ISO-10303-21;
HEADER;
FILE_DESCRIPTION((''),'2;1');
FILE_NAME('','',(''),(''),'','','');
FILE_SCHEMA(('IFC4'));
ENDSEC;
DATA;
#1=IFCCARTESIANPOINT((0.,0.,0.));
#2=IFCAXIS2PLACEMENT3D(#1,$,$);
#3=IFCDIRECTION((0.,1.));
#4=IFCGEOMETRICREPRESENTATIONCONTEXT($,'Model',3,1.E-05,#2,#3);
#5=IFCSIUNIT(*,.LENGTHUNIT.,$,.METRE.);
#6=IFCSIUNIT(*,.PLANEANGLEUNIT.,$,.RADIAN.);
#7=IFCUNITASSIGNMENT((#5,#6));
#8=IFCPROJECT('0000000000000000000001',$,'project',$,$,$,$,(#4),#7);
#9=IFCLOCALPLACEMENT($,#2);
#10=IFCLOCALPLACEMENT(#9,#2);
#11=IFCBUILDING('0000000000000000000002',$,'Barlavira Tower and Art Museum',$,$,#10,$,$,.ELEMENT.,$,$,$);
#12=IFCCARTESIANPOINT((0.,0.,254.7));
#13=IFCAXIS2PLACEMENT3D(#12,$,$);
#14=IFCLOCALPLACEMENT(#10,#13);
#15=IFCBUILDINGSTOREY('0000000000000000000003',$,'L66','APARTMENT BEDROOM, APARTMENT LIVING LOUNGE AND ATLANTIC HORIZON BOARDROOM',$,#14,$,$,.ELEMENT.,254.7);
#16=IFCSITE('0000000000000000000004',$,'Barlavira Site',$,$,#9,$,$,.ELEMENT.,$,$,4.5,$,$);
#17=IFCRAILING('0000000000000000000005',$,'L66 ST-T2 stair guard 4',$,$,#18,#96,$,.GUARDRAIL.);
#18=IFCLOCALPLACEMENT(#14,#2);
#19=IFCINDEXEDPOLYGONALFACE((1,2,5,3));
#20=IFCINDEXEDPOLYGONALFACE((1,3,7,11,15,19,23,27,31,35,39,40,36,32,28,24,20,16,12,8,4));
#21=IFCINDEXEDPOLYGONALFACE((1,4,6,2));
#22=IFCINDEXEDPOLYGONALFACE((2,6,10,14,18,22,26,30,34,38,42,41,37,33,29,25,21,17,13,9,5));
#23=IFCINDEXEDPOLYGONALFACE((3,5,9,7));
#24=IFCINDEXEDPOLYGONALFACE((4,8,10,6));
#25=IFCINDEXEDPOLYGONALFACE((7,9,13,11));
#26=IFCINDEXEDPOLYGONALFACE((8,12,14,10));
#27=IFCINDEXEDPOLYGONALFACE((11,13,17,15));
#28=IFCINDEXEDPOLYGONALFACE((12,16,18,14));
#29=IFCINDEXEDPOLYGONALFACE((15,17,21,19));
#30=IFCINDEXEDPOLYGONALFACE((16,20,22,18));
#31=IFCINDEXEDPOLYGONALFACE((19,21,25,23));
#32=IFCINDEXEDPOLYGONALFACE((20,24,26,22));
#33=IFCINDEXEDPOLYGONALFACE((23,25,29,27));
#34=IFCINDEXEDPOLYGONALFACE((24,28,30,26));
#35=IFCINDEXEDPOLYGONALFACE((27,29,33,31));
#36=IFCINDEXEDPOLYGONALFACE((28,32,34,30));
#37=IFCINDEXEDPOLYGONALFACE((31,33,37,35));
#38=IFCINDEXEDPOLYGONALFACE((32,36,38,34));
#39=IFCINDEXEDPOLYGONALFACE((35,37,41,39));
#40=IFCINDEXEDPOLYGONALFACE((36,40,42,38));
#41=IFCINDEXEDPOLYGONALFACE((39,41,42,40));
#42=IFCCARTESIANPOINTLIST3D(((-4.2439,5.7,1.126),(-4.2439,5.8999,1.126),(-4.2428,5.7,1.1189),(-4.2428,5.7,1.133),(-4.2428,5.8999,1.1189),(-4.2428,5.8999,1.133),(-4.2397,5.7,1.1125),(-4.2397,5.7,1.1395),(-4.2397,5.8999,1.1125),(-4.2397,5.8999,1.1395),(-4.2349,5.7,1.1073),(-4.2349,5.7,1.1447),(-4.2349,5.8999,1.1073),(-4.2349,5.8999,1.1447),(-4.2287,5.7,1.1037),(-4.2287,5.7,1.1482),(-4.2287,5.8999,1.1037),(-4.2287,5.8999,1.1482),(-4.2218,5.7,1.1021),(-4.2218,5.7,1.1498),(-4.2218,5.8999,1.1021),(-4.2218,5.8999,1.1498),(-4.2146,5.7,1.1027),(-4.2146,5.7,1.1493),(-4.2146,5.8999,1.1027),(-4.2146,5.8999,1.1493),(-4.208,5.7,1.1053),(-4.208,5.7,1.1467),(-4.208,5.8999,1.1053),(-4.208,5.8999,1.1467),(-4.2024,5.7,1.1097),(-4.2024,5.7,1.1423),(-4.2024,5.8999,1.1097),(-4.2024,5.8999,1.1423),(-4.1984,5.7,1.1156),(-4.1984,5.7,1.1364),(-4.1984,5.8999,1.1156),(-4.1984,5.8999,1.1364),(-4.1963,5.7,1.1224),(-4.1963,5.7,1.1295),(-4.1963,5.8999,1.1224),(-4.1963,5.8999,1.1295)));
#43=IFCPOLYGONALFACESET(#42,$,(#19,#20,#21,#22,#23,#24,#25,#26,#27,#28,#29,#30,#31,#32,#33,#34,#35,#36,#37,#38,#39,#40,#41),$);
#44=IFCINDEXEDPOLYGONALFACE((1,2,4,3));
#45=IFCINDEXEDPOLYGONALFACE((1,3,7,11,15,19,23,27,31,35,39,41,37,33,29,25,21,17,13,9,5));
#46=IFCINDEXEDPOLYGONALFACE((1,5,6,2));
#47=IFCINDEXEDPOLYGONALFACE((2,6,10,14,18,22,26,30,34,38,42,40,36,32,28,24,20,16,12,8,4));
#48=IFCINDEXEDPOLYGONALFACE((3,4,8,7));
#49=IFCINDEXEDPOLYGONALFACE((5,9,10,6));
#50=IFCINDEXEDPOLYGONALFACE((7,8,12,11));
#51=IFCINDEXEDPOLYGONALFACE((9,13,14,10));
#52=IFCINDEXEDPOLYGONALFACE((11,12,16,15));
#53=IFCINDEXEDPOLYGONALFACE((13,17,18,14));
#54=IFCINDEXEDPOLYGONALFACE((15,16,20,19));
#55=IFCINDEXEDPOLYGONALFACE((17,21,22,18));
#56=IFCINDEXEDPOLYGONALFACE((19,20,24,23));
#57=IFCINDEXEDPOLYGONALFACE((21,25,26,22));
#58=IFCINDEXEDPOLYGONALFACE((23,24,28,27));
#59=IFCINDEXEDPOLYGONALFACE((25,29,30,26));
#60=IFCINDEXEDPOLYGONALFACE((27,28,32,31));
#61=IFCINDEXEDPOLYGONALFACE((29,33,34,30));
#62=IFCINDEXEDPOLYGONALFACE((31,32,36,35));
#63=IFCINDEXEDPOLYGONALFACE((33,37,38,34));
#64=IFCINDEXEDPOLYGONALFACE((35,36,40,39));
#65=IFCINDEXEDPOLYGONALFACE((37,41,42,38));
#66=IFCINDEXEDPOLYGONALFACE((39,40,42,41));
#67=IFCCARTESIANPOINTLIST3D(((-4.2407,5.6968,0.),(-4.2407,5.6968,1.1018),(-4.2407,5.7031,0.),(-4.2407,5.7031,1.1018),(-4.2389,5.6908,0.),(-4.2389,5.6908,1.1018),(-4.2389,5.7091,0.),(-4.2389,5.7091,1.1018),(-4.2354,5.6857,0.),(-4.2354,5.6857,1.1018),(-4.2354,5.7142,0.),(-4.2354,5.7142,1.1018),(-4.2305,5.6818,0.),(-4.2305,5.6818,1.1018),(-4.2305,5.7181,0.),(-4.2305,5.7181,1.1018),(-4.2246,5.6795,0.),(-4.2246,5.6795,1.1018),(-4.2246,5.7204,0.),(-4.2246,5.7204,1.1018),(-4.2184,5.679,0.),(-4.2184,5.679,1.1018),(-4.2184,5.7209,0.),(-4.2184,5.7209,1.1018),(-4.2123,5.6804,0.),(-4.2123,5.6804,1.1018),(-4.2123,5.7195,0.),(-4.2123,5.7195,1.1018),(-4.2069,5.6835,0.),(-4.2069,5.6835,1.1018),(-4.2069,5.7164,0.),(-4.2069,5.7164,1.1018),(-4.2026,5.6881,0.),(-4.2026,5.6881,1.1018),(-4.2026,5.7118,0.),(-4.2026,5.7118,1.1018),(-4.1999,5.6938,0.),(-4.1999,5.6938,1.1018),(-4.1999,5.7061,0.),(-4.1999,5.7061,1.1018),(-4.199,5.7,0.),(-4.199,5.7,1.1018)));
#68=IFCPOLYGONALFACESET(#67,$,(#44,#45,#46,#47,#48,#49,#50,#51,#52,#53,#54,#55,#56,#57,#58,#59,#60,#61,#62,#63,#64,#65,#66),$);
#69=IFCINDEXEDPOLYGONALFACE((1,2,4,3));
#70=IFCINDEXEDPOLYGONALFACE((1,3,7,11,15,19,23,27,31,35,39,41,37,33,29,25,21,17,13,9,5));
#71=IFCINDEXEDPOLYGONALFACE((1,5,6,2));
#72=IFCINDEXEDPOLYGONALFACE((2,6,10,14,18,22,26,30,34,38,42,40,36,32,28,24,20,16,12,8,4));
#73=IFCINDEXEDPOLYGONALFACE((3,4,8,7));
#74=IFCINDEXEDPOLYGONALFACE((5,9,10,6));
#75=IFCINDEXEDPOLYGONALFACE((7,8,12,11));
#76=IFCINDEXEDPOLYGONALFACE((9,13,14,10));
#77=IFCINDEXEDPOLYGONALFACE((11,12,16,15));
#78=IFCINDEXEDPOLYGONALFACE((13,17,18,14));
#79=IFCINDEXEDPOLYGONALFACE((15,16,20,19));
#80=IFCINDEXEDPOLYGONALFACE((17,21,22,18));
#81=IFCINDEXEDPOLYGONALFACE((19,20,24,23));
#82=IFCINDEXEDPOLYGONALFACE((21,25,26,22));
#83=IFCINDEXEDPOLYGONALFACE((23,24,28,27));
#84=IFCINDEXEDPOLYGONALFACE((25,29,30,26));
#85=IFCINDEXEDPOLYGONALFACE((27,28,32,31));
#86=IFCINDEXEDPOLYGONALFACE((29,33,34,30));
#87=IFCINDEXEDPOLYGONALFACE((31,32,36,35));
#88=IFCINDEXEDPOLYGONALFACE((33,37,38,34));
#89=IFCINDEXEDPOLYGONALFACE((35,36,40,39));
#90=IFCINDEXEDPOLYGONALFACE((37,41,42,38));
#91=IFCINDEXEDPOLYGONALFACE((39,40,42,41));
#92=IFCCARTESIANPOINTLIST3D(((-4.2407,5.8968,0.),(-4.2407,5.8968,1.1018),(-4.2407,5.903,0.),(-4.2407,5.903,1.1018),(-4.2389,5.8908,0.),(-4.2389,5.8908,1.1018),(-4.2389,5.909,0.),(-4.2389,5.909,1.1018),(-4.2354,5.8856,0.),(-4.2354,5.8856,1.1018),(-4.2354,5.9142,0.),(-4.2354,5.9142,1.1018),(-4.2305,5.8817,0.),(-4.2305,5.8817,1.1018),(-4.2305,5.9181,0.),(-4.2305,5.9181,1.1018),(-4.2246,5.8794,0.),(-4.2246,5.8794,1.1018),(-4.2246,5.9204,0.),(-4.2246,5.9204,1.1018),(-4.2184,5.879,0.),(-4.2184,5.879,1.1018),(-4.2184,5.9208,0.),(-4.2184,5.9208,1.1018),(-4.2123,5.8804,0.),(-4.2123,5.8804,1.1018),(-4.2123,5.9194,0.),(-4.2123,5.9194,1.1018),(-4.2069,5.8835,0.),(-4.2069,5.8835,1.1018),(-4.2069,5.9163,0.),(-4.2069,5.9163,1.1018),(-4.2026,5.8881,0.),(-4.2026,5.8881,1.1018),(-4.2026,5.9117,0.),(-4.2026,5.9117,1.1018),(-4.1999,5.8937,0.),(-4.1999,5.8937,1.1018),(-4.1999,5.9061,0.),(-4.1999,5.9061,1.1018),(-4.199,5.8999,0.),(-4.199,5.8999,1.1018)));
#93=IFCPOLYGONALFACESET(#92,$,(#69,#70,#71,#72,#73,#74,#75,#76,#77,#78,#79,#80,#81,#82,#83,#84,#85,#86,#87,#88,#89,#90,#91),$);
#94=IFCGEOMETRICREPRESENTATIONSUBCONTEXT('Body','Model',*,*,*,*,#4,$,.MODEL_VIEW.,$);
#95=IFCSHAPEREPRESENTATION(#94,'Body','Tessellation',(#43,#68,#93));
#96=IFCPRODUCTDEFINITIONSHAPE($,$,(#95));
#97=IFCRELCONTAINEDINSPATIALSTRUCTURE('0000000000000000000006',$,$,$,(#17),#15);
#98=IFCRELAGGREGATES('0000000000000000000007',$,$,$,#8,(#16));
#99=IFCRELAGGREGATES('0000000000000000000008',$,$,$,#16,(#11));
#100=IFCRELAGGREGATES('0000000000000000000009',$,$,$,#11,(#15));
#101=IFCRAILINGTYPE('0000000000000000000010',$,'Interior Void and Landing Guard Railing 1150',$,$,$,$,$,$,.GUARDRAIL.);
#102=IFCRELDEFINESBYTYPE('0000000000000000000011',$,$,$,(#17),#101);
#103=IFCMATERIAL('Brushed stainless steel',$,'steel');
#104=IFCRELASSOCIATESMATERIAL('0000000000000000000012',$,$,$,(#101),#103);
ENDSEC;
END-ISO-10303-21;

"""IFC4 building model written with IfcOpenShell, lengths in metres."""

from ifc_helpers import new_model, si_unit, direction, frame, origin, origin_2d, place, context, subcontext, project, spatial, circle, extrude, material, type_object, element, save


model = new_model("IFC4")

# Units and contexts
model_context = context("Model", 3, precision=1e-05, world=origin(), true_north=direction((0.0, 1.0)))
body_context = subcontext(model_context, "Body", "Model", "MODEL_VIEW")
ifc_project = project(units=[si_unit("LENGTHUNIT", "METRE"), si_unit("PLANEANGLEUNIT", "RADIAN")], contexts=[model_context])

# Site, building, storey
site_placement = place(None, origin())
site = spatial("IfcSite", under=ifc_project, at=site_placement, Name="Barlavira Site", CompositionType="ELEMENT", RefElevation=4.5)
building_placement = place(site_placement, origin())
building = spatial("IfcBuilding", under=site, at=building_placement, Name="Barlavira Tower and Art Museum", CompositionType="ELEMENT")
storey_placement = place(building_placement, frame((0.0, 0.0, 254.7)))
storey = spatial("IfcBuildingStorey", under=building, at=storey_placement, Name="L66", Description="APARTMENT BEDROOM, APARTMENT LIVING LOUNGE AND ATLANTIC HORIZON BOARDROOM", CompositionType="ELEMENT", Elevation=254.7)

# Shared definitions
ifc_material_1 = material(Name="Brushed stainless steel", Category="steel")

# Railing
railing_type_1 = type_object("IfcRailingType", Name="Interior Void and Landing Guard Railing 1150", PredefinedType="GUARDRAIL", material=ifc_material_1)
railing_1_placement = place(storey_placement, frame((-4.22, 5.7, 0.0)))
element("IfcRailing", 1, at=railing_1_placement, inside=storey, type_object=railing_type_1, Name="L66 ST-T2 stair guard 4", PredefinedType="GUARDRAIL", context=body_context, shape_type="SweptSolid", body=[
    extrude(circle(Radius=0.0239, at=origin_2d()), frame((0.0, 0.0, 1.126), z_axis=(0.0, 1.0, 0.0), x_axis=(-1.0, 0.0, 0.0)), (0.0, 0.0, 1.0), 0.2),
    extrude(circle(Radius=0.021, at=origin_2d()), origin(), (0.0, 0.0, 1.0), 1.1018),
    extrude(circle(Radius=0.021, at=origin_2d()), frame((0.0, 0.2, 0.0)), (0.0, 0.0, 1.0), 1.1018),
])

save(model, "model.ifc")
